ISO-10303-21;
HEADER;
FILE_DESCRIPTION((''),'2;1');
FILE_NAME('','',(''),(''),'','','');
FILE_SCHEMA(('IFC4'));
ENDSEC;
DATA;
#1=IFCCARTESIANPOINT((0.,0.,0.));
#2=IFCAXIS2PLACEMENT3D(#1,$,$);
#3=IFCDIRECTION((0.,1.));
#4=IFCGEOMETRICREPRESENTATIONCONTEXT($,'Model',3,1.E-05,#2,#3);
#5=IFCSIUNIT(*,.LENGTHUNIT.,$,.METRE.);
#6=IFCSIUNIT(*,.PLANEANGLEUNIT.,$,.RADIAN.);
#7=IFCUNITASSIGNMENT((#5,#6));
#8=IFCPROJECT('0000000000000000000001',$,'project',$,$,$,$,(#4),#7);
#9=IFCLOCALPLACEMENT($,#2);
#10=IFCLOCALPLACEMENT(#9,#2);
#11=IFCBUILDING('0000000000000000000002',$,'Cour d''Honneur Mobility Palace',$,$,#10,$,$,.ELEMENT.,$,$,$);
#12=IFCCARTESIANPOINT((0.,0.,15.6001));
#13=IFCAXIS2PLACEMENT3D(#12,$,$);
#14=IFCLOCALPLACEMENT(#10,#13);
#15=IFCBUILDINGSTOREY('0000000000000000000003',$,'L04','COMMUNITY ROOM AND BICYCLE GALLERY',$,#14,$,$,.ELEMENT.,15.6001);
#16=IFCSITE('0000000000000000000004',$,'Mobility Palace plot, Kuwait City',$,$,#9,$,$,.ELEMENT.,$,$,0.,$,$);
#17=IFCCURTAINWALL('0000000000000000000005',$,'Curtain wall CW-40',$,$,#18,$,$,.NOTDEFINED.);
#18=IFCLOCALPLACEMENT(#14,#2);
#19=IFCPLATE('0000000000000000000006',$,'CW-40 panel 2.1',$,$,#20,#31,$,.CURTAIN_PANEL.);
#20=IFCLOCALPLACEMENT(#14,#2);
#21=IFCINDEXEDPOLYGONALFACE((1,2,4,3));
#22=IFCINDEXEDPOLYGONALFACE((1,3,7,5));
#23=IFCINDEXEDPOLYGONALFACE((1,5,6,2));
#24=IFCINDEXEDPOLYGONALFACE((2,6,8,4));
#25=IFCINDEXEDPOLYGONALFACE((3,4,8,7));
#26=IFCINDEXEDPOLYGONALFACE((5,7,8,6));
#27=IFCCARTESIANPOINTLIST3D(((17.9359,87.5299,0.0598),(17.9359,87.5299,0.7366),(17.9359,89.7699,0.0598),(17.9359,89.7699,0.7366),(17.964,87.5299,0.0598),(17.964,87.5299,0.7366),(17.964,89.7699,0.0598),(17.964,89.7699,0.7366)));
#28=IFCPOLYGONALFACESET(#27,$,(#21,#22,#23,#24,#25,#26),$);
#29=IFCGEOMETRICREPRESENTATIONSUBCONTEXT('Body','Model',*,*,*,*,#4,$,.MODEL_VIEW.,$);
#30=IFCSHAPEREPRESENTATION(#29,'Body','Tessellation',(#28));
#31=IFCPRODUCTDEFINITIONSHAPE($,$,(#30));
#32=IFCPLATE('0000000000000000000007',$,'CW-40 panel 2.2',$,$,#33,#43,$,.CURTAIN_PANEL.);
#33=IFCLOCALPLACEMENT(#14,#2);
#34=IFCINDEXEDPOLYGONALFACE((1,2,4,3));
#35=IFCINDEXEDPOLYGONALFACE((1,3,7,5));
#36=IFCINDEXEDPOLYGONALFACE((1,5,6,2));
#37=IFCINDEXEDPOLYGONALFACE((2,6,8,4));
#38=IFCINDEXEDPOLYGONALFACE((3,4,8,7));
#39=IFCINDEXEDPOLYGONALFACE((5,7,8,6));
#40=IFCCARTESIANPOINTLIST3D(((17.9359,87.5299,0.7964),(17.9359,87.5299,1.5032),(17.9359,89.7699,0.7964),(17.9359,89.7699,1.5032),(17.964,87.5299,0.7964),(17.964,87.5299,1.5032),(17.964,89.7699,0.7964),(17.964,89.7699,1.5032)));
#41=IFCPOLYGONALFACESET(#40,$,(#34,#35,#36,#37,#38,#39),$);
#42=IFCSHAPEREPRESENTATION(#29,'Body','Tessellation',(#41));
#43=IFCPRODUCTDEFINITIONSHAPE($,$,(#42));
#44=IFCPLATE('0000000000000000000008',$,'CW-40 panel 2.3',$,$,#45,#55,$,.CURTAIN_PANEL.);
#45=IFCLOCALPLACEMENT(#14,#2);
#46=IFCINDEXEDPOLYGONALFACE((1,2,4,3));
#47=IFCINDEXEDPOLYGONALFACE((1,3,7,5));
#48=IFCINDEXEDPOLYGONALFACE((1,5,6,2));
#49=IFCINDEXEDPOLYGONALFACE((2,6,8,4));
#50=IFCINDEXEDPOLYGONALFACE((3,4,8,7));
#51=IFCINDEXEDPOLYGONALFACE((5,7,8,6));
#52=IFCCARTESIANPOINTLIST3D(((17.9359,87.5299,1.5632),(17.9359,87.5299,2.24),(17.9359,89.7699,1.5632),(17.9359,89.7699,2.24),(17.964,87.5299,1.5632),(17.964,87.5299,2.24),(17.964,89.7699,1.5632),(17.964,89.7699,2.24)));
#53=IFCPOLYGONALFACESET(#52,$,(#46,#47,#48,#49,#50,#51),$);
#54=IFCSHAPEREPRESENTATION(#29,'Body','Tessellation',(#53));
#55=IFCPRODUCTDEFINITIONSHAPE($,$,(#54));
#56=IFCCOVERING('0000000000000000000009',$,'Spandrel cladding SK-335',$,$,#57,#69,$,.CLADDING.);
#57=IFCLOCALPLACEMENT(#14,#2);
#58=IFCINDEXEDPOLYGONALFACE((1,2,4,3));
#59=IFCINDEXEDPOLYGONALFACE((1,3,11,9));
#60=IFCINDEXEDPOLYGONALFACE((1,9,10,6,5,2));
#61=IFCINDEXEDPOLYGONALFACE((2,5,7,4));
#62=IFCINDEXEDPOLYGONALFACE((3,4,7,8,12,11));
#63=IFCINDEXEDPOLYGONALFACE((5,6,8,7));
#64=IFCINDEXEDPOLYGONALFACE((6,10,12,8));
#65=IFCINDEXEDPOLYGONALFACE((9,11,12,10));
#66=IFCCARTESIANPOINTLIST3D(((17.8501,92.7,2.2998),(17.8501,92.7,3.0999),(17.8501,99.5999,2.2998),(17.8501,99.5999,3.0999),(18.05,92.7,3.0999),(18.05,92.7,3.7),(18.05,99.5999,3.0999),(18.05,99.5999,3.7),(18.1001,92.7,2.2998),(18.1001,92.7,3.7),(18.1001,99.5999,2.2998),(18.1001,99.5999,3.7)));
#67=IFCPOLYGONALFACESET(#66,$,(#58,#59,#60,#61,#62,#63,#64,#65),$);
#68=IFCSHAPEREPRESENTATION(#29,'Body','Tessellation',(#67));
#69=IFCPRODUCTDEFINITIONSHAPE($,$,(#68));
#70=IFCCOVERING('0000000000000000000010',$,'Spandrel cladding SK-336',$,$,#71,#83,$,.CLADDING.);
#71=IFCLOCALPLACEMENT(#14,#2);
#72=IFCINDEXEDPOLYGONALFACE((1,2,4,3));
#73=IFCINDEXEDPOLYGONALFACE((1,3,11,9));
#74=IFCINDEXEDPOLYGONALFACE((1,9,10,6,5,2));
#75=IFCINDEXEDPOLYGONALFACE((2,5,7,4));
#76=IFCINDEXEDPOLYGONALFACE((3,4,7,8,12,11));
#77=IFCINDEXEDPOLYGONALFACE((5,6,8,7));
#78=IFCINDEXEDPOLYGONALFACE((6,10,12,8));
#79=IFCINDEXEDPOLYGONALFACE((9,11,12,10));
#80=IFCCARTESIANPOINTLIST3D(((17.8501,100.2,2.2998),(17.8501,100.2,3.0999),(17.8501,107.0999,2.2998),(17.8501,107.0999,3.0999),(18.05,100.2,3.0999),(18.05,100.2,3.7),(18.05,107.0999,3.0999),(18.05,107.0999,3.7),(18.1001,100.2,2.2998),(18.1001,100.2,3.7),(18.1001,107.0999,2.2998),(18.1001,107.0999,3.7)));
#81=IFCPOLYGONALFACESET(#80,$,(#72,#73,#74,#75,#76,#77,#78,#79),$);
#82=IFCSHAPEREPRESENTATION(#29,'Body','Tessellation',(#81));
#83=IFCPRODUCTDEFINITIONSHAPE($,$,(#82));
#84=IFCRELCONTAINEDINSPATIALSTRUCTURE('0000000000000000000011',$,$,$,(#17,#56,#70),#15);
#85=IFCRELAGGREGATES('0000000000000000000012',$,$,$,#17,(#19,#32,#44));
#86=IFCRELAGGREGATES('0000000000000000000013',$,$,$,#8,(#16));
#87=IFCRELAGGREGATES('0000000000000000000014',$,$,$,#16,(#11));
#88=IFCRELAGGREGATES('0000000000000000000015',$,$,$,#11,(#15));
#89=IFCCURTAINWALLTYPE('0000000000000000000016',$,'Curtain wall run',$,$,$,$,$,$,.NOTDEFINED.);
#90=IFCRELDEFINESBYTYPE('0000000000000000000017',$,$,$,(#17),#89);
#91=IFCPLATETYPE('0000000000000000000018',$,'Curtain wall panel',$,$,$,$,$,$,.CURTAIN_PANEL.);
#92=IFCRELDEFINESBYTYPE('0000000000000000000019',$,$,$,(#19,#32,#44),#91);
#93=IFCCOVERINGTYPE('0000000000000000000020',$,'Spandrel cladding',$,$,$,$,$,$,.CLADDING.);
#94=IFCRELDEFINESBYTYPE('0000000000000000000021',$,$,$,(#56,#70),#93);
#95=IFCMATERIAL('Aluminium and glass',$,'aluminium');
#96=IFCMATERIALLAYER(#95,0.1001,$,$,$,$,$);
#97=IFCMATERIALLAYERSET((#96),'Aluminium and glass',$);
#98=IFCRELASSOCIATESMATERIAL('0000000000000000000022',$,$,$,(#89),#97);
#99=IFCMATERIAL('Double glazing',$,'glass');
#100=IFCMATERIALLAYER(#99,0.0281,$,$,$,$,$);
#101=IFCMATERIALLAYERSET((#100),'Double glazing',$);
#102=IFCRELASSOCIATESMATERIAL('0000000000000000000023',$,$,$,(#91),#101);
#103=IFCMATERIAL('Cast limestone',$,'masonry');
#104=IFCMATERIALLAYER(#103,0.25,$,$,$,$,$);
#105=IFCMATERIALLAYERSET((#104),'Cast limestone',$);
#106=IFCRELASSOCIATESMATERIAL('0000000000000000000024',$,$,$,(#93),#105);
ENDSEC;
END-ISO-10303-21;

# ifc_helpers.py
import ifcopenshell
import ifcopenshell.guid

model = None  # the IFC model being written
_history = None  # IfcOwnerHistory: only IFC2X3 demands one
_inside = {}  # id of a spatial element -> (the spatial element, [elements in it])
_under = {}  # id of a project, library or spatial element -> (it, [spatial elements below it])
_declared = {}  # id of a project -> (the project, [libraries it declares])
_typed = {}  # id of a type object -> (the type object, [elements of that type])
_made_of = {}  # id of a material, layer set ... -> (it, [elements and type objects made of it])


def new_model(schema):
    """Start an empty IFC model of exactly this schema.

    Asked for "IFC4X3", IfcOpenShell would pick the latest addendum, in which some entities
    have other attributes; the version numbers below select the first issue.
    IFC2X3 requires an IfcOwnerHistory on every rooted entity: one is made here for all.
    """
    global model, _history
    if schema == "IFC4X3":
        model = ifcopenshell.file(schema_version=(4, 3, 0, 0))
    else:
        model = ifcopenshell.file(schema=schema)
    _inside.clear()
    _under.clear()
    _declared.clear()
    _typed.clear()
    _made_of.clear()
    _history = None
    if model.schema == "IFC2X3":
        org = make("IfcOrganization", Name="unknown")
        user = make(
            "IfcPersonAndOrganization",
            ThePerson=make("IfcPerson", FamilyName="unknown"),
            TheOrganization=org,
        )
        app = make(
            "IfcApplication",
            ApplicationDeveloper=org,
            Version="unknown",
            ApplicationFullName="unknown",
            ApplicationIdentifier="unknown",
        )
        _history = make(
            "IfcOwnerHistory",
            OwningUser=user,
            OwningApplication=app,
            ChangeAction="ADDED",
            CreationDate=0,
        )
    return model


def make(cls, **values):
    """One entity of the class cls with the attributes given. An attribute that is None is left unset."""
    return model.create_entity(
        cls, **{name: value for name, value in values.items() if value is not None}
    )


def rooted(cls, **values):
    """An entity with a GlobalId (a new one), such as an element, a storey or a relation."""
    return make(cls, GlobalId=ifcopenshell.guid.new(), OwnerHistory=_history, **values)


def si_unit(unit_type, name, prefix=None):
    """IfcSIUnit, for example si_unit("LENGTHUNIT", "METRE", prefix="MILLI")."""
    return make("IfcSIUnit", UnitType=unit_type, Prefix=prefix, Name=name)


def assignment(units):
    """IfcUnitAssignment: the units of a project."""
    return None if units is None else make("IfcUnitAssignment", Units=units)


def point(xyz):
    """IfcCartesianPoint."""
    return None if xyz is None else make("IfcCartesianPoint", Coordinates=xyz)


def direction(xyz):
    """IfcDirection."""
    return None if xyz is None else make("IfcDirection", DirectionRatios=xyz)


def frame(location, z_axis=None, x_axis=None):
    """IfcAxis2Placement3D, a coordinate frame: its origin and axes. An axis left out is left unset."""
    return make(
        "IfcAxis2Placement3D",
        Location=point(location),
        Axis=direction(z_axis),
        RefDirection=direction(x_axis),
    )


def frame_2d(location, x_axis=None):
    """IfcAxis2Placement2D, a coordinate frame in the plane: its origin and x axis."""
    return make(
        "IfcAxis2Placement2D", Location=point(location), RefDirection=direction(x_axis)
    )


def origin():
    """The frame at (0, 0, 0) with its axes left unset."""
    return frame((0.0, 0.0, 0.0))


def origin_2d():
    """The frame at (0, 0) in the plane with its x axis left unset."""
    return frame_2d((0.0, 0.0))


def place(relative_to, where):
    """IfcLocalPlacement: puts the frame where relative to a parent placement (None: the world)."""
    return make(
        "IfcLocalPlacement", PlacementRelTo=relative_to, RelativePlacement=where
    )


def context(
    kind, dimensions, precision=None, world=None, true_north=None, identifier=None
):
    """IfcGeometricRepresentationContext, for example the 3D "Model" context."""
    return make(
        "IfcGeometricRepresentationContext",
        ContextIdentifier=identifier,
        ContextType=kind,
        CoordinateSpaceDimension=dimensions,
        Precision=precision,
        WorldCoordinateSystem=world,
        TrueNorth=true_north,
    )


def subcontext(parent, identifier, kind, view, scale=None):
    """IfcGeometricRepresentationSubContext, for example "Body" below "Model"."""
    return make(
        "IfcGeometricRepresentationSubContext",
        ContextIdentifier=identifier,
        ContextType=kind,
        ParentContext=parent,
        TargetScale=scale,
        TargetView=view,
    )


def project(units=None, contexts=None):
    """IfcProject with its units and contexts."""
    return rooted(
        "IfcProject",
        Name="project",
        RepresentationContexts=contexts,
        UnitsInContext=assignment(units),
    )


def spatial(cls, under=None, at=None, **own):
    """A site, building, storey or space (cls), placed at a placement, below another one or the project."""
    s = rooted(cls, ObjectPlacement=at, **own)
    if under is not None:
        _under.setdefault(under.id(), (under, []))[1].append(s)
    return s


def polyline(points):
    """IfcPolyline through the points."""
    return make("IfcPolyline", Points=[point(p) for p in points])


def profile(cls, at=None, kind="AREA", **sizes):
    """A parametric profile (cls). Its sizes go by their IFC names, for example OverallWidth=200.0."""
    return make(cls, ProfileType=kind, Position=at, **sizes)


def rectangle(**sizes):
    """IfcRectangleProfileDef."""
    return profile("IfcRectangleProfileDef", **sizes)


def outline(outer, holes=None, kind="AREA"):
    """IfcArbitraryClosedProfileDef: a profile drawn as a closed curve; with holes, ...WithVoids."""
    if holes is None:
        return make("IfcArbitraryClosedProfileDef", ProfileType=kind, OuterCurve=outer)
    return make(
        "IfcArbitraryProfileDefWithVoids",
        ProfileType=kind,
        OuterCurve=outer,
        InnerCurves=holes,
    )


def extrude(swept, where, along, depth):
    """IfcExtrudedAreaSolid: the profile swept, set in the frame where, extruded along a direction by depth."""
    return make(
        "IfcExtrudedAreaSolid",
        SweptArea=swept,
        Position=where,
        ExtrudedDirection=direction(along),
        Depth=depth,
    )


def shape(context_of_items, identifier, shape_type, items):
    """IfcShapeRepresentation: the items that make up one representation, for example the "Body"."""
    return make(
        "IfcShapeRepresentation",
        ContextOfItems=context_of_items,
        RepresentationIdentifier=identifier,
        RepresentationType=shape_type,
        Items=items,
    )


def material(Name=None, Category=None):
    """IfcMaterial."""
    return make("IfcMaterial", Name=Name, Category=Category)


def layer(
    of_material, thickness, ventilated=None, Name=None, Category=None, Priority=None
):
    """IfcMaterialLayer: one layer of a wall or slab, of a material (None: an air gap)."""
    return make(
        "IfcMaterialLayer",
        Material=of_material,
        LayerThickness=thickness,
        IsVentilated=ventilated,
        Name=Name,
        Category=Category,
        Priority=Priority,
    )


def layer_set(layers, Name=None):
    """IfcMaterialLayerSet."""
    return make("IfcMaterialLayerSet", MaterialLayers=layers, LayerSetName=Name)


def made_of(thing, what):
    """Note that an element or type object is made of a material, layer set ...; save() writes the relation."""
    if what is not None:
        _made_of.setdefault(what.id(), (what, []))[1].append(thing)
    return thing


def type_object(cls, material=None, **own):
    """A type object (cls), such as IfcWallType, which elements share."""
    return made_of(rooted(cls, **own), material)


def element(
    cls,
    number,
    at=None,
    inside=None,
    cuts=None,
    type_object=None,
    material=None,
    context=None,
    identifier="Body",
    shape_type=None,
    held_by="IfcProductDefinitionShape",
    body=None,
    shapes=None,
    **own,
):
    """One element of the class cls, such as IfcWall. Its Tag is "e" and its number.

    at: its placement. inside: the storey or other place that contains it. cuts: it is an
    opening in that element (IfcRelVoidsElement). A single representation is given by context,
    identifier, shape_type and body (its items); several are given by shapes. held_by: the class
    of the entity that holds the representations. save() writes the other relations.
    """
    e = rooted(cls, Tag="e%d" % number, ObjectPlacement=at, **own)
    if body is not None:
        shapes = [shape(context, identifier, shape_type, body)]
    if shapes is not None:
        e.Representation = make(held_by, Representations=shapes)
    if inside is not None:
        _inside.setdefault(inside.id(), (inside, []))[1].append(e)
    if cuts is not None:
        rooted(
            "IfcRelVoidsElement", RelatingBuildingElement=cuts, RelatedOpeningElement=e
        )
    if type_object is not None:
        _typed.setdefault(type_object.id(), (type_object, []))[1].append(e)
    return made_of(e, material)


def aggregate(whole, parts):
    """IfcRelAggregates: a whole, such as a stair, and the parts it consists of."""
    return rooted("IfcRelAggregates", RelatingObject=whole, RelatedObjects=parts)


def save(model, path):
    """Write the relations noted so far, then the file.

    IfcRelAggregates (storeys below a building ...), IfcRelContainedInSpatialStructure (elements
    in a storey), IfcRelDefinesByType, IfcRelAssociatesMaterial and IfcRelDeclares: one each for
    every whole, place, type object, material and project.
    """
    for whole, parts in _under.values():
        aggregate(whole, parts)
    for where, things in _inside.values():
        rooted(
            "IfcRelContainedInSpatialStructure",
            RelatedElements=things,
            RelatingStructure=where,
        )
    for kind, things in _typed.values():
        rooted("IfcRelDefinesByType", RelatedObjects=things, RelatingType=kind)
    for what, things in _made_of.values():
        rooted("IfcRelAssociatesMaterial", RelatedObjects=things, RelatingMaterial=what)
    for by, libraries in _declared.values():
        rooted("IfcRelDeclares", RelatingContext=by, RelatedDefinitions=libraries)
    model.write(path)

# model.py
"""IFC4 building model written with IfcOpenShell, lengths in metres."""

from ifc_helpers import new_model, si_unit, direction, frame, origin, origin_2d, place, context, subcontext, project, spatial, polyline, rectangle, outline, extrude, material, layer, layer_set, type_object, element, aggregate, save


model = new_model("IFC4")

# Units and contexts
model_context = context("Model", 3, precision=1e-05, world=origin(), true_north=direction((0.0, 1.0)))
body_context = subcontext(model_context, "Body", "Model", "MODEL_VIEW")
ifc_project = project(units=[si_unit("LENGTHUNIT", "METRE"), si_unit("PLANEANGLEUNIT", "RADIAN")], contexts=[model_context])

# Site, building, storey
site_placement = place(None, origin())
site = spatial("IfcSite", under=ifc_project, at=site_placement, Name="Mobility Palace plot, Kuwait City", CompositionType="ELEMENT", RefElevation=0.0)
building_placement = place(site_placement, origin())
building = spatial("IfcBuilding", under=site, at=building_placement, Name="Cour d'Honneur Mobility Palace", CompositionType="ELEMENT")
storey_placement = place(building_placement, frame((0.0, 0.0, 15.6001)))
storey = spatial("IfcBuildingStorey", under=building, at=storey_placement, Name="L04", Description="COMMUNITY ROOM AND BICYCLE GALLERY", CompositionType="ELEMENT", Elevation=15.6001)

# Curtain wall, plates
ifc_material_1 = material(Name="Aluminium and glass", Category="aluminium")
ifc_layer_1 = layer(ifc_material_1, 0.1001)
ifc_layer_set_1 = layer_set([ifc_layer_1], Name="Aluminium and glass")
curtain_wall_type = type_object("IfcCurtainWallType", Name="Curtain wall run", PredefinedType="NOTDEFINED", material=ifc_layer_set_1)
curtain_wall_placement = place(storey_placement, origin())
curtain_wall = element("IfcCurtainWall", 1, at=curtain_wall_placement, inside=storey, type_object=curtain_wall_type, Name="Curtain wall CW-40", PredefinedType="NOTDEFINED")
ifc_material_2 = material(Name="Double glazing", Category="glass")
ifc_layer_2 = layer(ifc_material_2, 0.0281)
ifc_layer_set_2 = layer_set([ifc_layer_2], Name="Double glazing")
plate_type = type_object("IfcPlateType", Name="Curtain wall panel", PredefinedType="CURTAIN_PANEL", material=ifc_layer_set_2)
plate_1_placement = place(storey_placement, frame((17.95, 88.6499, 0.0598), z_axis=(0.0, 0.0, 1.0), x_axis=(0.0, 1.0, 0.0)))
plate_1 = element("IfcPlate", 2, at=plate_1_placement, type_object=plate_type, Name="CW-40 panel 2.1", PredefinedType="CURTAIN_PANEL", context=body_context, shape_type="SweptSolid", body=[
    extrude(rectangle(XDim=2.24, YDim=0.0281, at=origin_2d()), origin(), (0.0, 0.0, 1.0), 0.6768),
])
plate_2_placement = place(storey_placement, frame((17.95, 88.6499, 0.7964), z_axis=(0.0, 0.0, 1.0), x_axis=(0.0, 1.0, 0.0)))
plate_2 = element("IfcPlate", 3, at=plate_2_placement, type_object=plate_type, Name="CW-40 panel 2.2", PredefinedType="CURTAIN_PANEL", context=body_context, shape_type="SweptSolid", body=[
    extrude(rectangle(XDim=2.24, YDim=0.0281, at=origin_2d()), origin(), (0.0, 0.0, 1.0), 0.7068),
])
plate_3_placement = place(storey_placement, frame((17.95, 88.6499, 1.5632), z_axis=(0.0, 0.0, 1.0), x_axis=(0.0, 1.0, 0.0)))
plate_3 = element("IfcPlate", 4, at=plate_3_placement, type_object=plate_type, Name="CW-40 panel 2.3", PredefinedType="CURTAIN_PANEL", context=body_context, shape_type="SweptSolid", body=[
    extrude(rectangle(XDim=2.24, YDim=0.0281, at=origin_2d()), origin(), (0.0, 0.0, 1.0), 0.6768),
])
aggregate(curtain_wall, [plate_1, plate_2, plate_3])

# Coverings
ifc_material_3 = material(Name="Cast limestone", Category="masonry")
ifc_layer_3 = layer(ifc_material_3, 0.25)
ifc_layer_set_3 = layer_set([ifc_layer_3], Name="Cast limestone")
covering_type = type_object("IfcCoveringType", Name="Spandrel cladding", PredefinedType="CLADDING", material=ifc_layer_set_3)
for number, where, z_axis, x_axis, name in (
    (5, (17.8501, 92.7, 2.2998), (0.0, -1.0, 0.0), (1.0, 0.0, 0.0), "Spandrel cladding SK-335"),
    (6, (17.8501, 100.2, 2.2998), (0.0, -1.0, 0.0), (1.0, 0.0, 0.0), "Spandrel cladding SK-336"),
):
    element("IfcCovering", number, at=place(storey_placement, frame(where, z_axis=z_axis, x_axis=x_axis)), inside=storey, type_object=covering_type, Name=name, PredefinedType="CLADDING", context=body_context, shape_type="SweptSolid", body=[
        extrude(outline(polyline([(0.0, 0.0), (0.25, 0.0), (0.25, 1.4001), (0.2, 1.4001), (0.2, 0.8), (0.0, 0.8), (0.0, 0.0)])), origin(), (0.0, 0.0, -1.0), 6.8999),
    ])

save(model, "model.ifc")
